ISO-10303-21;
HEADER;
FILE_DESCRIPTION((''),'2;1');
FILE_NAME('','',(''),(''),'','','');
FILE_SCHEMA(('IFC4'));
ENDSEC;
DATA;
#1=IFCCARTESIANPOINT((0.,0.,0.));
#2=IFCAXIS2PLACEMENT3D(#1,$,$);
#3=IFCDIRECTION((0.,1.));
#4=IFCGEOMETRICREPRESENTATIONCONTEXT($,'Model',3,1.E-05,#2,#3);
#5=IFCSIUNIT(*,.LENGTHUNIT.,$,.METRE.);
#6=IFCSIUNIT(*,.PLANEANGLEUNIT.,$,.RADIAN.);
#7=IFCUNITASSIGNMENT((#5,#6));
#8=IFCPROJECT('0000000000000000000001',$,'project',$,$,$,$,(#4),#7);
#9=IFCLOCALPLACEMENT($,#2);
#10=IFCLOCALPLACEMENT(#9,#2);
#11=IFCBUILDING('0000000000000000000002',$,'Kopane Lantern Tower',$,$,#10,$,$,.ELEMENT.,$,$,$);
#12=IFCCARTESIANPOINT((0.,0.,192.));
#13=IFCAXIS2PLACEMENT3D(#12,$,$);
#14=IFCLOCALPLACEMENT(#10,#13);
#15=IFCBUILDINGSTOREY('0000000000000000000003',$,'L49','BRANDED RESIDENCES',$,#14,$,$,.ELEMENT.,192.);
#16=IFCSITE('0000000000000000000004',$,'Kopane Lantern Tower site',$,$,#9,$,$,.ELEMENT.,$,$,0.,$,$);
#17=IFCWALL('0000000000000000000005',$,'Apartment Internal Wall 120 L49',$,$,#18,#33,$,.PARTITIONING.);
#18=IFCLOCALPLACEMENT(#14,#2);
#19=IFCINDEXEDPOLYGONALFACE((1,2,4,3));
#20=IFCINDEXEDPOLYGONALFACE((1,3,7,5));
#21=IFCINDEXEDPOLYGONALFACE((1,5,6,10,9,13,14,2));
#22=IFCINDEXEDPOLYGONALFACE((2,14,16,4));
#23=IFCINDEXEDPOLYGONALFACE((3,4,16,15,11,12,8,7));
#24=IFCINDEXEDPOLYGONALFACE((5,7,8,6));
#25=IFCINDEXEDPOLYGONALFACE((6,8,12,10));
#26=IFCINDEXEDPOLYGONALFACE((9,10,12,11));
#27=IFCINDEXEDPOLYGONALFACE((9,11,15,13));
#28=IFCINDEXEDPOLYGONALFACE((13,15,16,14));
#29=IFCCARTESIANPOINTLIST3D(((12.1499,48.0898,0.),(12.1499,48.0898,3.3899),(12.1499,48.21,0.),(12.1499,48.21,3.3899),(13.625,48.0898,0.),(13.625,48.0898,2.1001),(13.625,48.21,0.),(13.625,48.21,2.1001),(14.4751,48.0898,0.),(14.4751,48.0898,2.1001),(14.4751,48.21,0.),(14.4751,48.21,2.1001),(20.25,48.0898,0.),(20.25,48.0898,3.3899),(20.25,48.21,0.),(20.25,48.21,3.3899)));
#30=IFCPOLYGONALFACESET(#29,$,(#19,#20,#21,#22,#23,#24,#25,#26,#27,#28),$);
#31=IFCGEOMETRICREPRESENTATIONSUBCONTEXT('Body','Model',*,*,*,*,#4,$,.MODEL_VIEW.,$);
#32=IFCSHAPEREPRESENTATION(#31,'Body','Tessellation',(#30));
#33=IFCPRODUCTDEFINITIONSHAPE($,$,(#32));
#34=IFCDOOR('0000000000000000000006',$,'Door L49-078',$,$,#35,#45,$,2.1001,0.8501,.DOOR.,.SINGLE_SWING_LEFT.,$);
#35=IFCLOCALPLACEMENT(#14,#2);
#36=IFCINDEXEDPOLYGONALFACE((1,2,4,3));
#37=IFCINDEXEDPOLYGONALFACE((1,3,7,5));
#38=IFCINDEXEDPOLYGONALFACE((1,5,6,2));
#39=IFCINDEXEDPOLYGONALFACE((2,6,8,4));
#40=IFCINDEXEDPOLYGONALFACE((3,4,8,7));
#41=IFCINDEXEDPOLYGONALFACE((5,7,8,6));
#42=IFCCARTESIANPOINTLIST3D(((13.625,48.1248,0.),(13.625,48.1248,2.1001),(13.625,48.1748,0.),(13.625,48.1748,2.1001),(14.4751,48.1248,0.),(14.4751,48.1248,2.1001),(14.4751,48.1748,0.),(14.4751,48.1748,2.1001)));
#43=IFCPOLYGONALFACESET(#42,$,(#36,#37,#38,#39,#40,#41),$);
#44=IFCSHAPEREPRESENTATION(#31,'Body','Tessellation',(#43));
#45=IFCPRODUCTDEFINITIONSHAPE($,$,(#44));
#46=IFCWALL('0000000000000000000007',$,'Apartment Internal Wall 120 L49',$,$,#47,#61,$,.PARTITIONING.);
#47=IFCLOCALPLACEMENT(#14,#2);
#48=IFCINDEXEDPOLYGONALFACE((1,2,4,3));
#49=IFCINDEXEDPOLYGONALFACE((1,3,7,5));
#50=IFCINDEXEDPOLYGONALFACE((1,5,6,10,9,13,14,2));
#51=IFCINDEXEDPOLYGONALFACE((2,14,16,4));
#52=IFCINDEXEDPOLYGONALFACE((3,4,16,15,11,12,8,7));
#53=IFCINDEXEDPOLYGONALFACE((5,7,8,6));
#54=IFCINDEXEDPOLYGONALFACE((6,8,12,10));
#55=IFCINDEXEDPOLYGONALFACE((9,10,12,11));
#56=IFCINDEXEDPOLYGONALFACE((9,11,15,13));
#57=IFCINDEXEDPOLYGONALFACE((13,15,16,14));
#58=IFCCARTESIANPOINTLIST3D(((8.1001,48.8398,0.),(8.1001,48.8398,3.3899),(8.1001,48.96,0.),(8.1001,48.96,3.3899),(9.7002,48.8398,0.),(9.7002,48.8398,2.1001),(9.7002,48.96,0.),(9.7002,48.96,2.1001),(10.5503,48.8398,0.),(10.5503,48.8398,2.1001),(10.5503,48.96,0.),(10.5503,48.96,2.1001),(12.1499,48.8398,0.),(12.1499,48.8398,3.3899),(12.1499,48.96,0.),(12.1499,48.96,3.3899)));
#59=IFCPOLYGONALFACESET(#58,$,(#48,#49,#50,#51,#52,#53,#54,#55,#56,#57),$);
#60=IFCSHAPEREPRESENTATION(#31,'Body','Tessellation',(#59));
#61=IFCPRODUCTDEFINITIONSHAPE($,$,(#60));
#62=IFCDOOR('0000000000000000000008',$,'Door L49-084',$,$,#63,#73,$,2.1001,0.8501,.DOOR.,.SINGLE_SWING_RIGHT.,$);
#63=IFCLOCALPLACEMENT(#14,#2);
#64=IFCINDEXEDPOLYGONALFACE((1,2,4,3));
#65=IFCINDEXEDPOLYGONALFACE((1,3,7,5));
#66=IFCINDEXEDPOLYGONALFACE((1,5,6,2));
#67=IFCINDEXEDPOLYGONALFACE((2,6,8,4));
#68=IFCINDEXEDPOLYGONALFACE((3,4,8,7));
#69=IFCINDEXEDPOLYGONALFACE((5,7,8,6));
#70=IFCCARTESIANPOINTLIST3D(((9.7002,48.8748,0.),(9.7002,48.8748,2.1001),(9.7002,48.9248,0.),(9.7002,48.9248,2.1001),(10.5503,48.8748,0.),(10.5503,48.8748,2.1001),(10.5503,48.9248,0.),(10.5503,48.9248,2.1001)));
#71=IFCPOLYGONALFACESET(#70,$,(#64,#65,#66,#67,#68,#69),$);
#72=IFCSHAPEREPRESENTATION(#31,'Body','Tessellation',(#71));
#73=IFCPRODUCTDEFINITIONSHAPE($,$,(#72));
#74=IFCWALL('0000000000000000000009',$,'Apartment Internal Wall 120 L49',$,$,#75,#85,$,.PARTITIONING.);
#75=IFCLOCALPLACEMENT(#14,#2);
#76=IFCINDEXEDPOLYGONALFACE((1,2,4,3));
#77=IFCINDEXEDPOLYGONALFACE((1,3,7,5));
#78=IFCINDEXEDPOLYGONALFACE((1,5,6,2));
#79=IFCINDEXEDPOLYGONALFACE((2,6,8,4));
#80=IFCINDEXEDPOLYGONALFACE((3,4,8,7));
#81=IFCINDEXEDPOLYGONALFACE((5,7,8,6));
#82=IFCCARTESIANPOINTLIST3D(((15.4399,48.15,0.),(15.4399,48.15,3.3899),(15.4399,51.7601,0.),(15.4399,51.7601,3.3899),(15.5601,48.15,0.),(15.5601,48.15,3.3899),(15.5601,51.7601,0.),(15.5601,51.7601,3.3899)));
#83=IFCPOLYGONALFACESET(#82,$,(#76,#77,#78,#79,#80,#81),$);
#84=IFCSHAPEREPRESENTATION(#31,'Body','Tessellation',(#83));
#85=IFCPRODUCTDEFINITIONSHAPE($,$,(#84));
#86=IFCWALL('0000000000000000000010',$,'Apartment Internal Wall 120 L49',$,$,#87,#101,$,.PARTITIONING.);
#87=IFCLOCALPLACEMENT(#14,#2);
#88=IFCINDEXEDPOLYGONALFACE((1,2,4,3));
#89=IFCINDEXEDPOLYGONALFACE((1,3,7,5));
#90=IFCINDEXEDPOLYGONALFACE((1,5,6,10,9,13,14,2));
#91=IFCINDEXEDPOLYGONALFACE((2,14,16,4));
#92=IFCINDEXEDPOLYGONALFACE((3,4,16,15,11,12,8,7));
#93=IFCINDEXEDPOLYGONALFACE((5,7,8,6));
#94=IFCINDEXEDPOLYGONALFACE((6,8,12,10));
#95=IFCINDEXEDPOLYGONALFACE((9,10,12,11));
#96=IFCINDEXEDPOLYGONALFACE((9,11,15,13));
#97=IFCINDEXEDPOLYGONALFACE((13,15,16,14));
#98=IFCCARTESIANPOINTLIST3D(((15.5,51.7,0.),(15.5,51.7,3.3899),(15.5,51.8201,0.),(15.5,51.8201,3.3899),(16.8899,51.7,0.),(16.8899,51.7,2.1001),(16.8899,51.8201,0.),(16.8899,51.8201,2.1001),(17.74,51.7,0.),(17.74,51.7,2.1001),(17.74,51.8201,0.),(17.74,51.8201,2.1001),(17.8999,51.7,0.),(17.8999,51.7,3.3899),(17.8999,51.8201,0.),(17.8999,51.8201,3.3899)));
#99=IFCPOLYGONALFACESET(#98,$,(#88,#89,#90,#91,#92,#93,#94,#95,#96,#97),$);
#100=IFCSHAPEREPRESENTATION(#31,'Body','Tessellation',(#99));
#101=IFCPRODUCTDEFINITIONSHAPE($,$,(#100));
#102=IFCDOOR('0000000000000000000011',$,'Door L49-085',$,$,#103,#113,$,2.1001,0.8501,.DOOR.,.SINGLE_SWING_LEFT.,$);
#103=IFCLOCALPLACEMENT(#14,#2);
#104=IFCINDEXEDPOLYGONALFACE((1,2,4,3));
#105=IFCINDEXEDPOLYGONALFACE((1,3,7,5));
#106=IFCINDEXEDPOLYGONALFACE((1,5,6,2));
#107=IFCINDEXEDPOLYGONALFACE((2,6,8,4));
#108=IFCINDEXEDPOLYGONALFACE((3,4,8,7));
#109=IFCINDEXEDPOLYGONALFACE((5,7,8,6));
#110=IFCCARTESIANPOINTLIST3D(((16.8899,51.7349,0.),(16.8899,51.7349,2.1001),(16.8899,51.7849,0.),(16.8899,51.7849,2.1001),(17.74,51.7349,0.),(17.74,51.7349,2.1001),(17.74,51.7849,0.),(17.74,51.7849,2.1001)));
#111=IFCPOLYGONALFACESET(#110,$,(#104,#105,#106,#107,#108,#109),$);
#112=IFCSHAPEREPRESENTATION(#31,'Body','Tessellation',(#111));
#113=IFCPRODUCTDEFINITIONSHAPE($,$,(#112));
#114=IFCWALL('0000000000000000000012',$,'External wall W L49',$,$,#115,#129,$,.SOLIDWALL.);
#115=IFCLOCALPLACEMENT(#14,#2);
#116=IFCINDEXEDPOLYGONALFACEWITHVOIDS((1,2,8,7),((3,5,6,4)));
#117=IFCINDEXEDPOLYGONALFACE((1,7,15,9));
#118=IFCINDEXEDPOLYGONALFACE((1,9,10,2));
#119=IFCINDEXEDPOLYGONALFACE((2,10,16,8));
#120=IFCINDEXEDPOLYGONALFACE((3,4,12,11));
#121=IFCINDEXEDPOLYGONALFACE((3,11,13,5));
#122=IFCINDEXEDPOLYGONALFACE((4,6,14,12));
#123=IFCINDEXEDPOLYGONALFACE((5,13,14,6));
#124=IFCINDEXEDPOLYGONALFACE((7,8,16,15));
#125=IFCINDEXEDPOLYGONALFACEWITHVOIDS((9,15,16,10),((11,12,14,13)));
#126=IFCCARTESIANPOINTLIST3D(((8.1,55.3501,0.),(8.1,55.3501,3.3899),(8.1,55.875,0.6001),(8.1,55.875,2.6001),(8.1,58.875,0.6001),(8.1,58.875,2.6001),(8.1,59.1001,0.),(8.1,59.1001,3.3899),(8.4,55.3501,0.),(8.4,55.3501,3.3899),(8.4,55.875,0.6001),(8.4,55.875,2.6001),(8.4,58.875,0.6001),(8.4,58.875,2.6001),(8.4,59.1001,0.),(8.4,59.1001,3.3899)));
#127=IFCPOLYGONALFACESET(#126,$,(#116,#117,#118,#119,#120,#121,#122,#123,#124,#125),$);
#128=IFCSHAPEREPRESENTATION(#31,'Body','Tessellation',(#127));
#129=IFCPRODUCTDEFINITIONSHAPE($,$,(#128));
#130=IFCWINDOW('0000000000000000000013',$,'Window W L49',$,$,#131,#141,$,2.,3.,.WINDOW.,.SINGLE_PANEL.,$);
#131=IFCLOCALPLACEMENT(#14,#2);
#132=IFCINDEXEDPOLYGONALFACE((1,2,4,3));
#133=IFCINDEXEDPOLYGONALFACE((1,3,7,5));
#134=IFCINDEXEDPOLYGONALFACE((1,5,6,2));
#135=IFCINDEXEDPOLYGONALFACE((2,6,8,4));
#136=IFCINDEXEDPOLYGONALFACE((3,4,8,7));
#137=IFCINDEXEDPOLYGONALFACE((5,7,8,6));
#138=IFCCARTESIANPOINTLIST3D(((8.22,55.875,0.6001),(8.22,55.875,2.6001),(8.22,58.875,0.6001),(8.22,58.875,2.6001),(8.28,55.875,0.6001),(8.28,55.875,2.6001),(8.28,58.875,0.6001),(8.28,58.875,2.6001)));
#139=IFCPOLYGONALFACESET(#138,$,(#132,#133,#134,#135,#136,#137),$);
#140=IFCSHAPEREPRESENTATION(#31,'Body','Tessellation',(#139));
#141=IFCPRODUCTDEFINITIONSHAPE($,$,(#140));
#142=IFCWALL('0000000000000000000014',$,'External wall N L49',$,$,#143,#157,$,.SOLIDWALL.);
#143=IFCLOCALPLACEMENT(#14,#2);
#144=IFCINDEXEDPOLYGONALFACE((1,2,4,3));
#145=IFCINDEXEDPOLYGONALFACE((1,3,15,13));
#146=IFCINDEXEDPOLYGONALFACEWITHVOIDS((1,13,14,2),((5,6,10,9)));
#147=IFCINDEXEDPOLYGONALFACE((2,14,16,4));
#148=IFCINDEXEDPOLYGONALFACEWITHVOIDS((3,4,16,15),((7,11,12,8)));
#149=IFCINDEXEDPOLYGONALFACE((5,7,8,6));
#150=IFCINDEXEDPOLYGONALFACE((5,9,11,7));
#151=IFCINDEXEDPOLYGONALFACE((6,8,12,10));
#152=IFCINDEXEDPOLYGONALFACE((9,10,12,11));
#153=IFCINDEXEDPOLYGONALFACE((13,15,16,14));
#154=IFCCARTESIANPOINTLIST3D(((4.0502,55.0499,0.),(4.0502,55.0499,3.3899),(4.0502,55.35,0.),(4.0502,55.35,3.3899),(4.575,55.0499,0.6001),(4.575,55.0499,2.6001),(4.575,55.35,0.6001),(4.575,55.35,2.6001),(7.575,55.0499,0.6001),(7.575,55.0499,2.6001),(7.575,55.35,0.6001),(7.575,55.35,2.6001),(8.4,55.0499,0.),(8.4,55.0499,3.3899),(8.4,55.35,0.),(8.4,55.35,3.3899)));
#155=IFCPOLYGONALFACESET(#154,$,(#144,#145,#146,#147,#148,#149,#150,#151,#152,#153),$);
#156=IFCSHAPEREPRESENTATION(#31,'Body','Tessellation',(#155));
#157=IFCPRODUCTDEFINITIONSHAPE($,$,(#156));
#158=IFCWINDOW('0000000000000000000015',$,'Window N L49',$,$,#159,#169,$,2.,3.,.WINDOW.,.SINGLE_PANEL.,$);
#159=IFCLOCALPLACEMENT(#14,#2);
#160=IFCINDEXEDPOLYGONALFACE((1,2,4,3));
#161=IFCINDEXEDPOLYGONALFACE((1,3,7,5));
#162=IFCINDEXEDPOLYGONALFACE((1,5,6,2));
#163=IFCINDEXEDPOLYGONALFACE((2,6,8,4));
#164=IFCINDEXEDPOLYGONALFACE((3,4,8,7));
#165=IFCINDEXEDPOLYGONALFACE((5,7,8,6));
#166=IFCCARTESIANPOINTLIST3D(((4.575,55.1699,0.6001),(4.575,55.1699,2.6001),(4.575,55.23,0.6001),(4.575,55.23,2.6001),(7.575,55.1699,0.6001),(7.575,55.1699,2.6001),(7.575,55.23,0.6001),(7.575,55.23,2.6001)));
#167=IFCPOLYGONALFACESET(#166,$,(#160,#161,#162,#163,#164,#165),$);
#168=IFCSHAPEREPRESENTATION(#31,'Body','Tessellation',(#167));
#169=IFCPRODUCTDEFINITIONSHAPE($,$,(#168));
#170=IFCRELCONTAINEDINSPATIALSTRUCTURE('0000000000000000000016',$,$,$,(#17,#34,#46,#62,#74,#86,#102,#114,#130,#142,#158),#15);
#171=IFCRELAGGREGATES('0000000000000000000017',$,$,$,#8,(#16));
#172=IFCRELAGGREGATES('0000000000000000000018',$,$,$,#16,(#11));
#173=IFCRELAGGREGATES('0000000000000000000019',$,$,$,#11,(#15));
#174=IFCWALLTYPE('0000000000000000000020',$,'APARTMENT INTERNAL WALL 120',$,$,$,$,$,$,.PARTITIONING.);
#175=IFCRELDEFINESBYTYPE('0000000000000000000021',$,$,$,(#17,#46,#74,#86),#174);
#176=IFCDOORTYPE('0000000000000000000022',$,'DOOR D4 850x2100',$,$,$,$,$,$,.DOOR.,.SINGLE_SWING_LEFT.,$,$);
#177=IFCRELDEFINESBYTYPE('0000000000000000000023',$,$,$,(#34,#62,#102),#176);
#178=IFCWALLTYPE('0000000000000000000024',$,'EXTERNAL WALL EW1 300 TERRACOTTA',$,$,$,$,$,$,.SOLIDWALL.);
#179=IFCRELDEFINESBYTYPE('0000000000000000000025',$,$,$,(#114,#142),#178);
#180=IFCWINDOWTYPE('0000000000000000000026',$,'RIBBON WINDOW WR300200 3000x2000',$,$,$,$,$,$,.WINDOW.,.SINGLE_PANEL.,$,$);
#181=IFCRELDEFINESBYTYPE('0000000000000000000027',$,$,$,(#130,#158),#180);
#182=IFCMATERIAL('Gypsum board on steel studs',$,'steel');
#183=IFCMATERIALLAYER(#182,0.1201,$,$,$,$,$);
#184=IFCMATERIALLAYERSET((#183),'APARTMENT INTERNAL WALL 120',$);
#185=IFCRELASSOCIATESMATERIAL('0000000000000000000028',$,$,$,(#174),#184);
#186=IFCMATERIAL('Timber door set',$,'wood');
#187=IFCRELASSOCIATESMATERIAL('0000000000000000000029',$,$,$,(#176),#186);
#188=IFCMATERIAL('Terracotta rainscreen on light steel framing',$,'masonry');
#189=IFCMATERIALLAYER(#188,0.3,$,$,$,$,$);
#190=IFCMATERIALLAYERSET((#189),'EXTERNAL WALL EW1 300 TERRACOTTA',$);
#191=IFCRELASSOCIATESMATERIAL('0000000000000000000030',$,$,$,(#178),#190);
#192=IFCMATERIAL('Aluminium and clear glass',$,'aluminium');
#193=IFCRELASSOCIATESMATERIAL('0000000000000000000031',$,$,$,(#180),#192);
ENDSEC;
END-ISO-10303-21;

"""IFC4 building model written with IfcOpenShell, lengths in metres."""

from ifc_helpers import new_model, si_unit, direction, frame, frame_2d, origin, place, context, subcontext, project, spatial, rectangle, extrude, material, layer, layer_set, type_object, element, fill, save


model = new_model("IFC4")

# Units and contexts
model_context = context("Model", 3, precision=1e-05, world=origin(), true_north=direction((0.0, 1.0)))
body_context = subcontext(model_context, "Body", "Model", "MODEL_VIEW")
ifc_project = project(units=[si_unit("LENGTHUNIT", "METRE"), si_unit("PLANEANGLEUNIT", "RADIAN")], contexts=[model_context])

# Site, building, storey
site_placement = place(None, origin())
site = spatial("IfcSite", under=ifc_project, at=site_placement, Name="Kopane Lantern Tower site", CompositionType="ELEMENT", RefElevation=0.0)
building_placement = place(site_placement, origin())
building = spatial("IfcBuilding", under=site, at=building_placement, Name="Kopane Lantern Tower", CompositionType="ELEMENT")
storey_placement = place(building_placement, frame((0.0, 0.0, 192.0)))
storey = spatial("IfcBuildingStorey", under=building, at=storey_placement, Name="L49", Description="BRANDED RESIDENCES", CompositionType="ELEMENT", Elevation=192.0)

# Walls, openings, doors
ifc_material_1 = material(Name="Gypsum board on steel studs", Category="steel")
ifc_layer_1 = layer(ifc_material_1, 0.1201)
ifc_layer_set_1 = layer_set([ifc_layer_1], Name="APARTMENT INTERNAL WALL 120")
wall_type_1 = type_object("IfcWallType", Name="APARTMENT INTERNAL WALL 120", PredefinedType="PARTITIONING", material=ifc_layer_set_1)
wall_1_placement = place(storey_placement, frame((12.1499, 48.1499, 0.0), z_axis=(0.0, 0.0, 1.0), x_axis=(1.0, 0.0, 0.0)))
wall_1 = element("IfcWall", 1, at=wall_1_placement, inside=storey, type_object=wall_type_1, Name="Apartment Internal Wall 120 L49", PredefinedType="PARTITIONING", context=body_context, shape_type="SweptSolid", body=[
    extrude(rectangle(XDim=8.1001, YDim=0.1201, at=frame_2d((4.05, 0.0))), origin(), (0.0, 0.0, 1.0), 3.3899),
])
opening_1_placement = place(wall_1_placement, frame((1.4751, 0.0, 0.0)))
opening_1 = element("IfcOpeningElement", 2, at=opening_1_placement, cuts=wall_1, PredefinedType="OPENING", context=body_context, shape_type="SweptSolid", body=[
    extrude(rectangle(XDim=0.8501, YDim=2.1001, at=frame_2d((0.425, 1.05))), frame((0.0, 0.0701, 0.0), z_axis=(0.0, -1.0, 0.0), x_axis=(1.0, 0.0, 0.0)), (0.0, 0.0, 1.0), 0.1401),
])
ifc_material_2 = material(Name="Timber door set", Category="wood")
door_type = type_object("IfcDoorType", Name="DOOR D4 850x2100", OperationType="SINGLE_SWING_LEFT", PredefinedType="DOOR", material=ifc_material_2)
door_1_placement = place(opening_1_placement, origin())
door_1 = element("IfcDoor", 3, at=door_1_placement, inside=storey, type_object=door_type, Name="Door L49-078", OperationType="SINGLE_SWING_LEFT", OverallHeight=2.1001, OverallWidth=0.8501, PredefinedType="DOOR", context=body_context, shape_type="SweptSolid", body=[
    extrude(rectangle(XDim=0.8501, YDim=2.1001, at=frame_2d((0.425, 1.05))), frame((0.0, 0.0249, 0.0), z_axis=(0.0, -1.0, 0.0), x_axis=(1.0, 0.0, 0.0)), (0.0, 0.0, 1.0), 0.05),
])
fill(opening_1, door_1)
wall_2_placement = place(storey_placement, frame((8.1001, 48.8999, 0.0), z_axis=(0.0, 0.0, 1.0), x_axis=(1.0, 0.0, 0.0)))
wall_2 = element("IfcWall", 4, at=wall_2_placement, inside=storey, type_object=wall_type_1, Name="Apartment Internal Wall 120 L49", PredefinedType="PARTITIONING", context=body_context, shape_type="SweptSolid", body=[
    extrude(rectangle(XDim=4.0498, YDim=0.1201, at=frame_2d((2.0249, 0.0))), origin(), (0.0, 0.0, 1.0), 3.3899),
])
opening_2_placement = place(wall_2_placement, frame((1.6001, 0.0, 0.0)))
opening_2 = element("IfcOpeningElement", 5, at=opening_2_placement, cuts=wall_2, PredefinedType="OPENING", context=body_context, shape_type="SweptSolid", body=[
    extrude(rectangle(XDim=0.8501, YDim=2.1001, at=frame_2d((0.425, 1.05))), frame((0.0, 0.0701, 0.0), z_axis=(0.0, -1.0, 0.0), x_axis=(1.0, 0.0, 0.0)), (0.0, 0.0, 1.0), 0.1401),
])
door_2_placement = place(opening_2_placement, origin())
door_2 = element("IfcDoor", 6, at=door_2_placement, inside=storey, type_object=door_type, Name="Door L49-084", OperationType="SINGLE_SWING_RIGHT", OverallHeight=2.1001, OverallWidth=0.8501, PredefinedType="DOOR", context=body_context, shape_type="SweptSolid", body=[
    extrude(rectangle(XDim=0.8501, YDim=2.1001, at=frame_2d((0.425, 1.05))), frame((0.0, 0.0249, 0.0), z_axis=(0.0, -1.0, 0.0), x_axis=(1.0, 0.0, 0.0)), (0.0, 0.0, 1.0), 0.05),
])
fill(opening_2, door_2)

# Wall
wall_3_placement = place(storey_placement, frame((15.5, 48.1499, 0.0), z_axis=(0.0, 0.0, 1.0), x_axis=(0.0, 1.0, 0.0)))
element("IfcWall", 7, at=wall_3_placement, inside=storey, type_object=wall_type_1, Name="Apartment Internal Wall 120 L49", PredefinedType="PARTITIONING", context=body_context, shape_type="SweptSolid", body=[
    extrude(rectangle(XDim=3.6101, YDim=0.1201, at=frame_2d((1.8052, 0.0))), origin(), (0.0, 0.0, 1.0), 3.3899),
])

# Wall, opening, door
wall_4_placement = place(storey_placement, frame((15.5, 51.76, 0.0), z_axis=(0.0, 0.0, 1.0), x_axis=(1.0, 0.0, 0.0)))
wall_4 = element("IfcWall", 8, at=wall_4_placement, inside=storey, type_object=wall_type_1, Name="Apartment Internal Wall 120 L49", PredefinedType="PARTITIONING", context=body_context, shape_type="SweptSolid", body=[
    extrude(rectangle(XDim=2.3999, YDim=0.1201, at=frame_2d((1.2, 0.0))), origin(), (0.0, 0.0, 1.0), 3.3899),
])
opening_3_placement = place(wall_4_placement, frame((1.3899, 0.0, 0.0)))
opening_3 = element("IfcOpeningElement", 9, at=opening_3_placement, cuts=wall_4, PredefinedType="OPENING", context=body_context, shape_type="SweptSolid", body=[
    extrude(rectangle(XDim=0.8501, YDim=2.1001, at=frame_2d((0.425, 1.05))), frame((0.0, 0.0701, 0.0), z_axis=(0.0, -1.0, 0.0), x_axis=(1.0, 0.0, 0.0)), (0.0, 0.0, 1.0), 0.1401),
])
door_3_placement = place(opening_3_placement, origin())
door_3 = element("IfcDoor", 10, at=door_3_placement, inside=storey, type_object=door_type, Name="Door L49-085", OperationType="SINGLE_SWING_LEFT", OverallHeight=2.1001, OverallWidth=0.8501, PredefinedType="DOOR", context=body_context, shape_type="SweptSolid", body=[
    extrude(rectangle(XDim=0.8501, YDim=2.1001, at=frame_2d((0.425, 1.05))), frame((0.0, 0.0249, 0.0), z_axis=(0.0, -1.0, 0.0), x_axis=(1.0, 0.0, 0.0)), (0.0, 0.0, 1.0), 0.05),
])
fill(opening_3, door_3)

# Walls, openings, windows
ifc_material_3 = material(Name="Terracotta rainscreen on light steel framing", Category="masonry")
ifc_layer_2 = layer(ifc_material_3, 0.3)
ifc_layer_set_2 = layer_set([ifc_layer_2], Name="EXTERNAL WALL EW1 300 TERRACOTTA")
wall_type_2 = type_object("IfcWallType", Name="EXTERNAL WALL EW1 300 TERRACOTTA", PredefinedType="SOLIDWALL", material=ifc_layer_set_2)
wall_5_placement = place(storey_placement, frame((8.25, 59.1001, 0.0), z_axis=(0.0, 0.0, 1.0), x_axis=(0.0, -1.0, 0.0)))
wall_5 = element("IfcWall", 11, at=wall_5_placement, inside=storey, type_object=wall_type_2, Name="External wall W L49", PredefinedType="SOLIDWALL", context=body_context, shape_type="SweptSolid", body=[
    extrude(rectangle(XDim=3.75, YDim=0.3, at=frame_2d((1.875, 0.0))), origin(), (0.0, 0.0, 1.0), 3.3899),
])
opening_4_placement = place(wall_5_placement, frame((0.2251, 0.0, 0.6001)))
opening_4 = element("IfcOpeningElement", 12, at=opening_4_placement, cuts=wall_5, PredefinedType="OPENING", context=body_context, shape_type="SweptSolid", body=[
    extrude(rectangle(XDim=3.0, YDim=2.0, at=frame_2d((1.5, 1.0))), frame((0.0, 0.1599, 0.0), z_axis=(0.0, -1.0, 0.0), x_axis=(1.0, 0.0, 0.0)), (0.0, 0.0, 1.0), 0.3201),
])
ifc_material_4 = material(Name="Aluminium and clear glass", Category="aluminium")
window_type = type_object("IfcWindowType", Name="RIBBON WINDOW WR300200 3000x2000", PartitioningType="SINGLE_PANEL", PredefinedType="WINDOW", material=ifc_material_4)
window_1_placement = place(opening_4_placement, origin())
window_1 = element("IfcWindow", 13, at=window_1_placement, inside=storey, type_object=window_type, Name="Window W L49", OverallHeight=2.0, OverallWidth=3.0, PartitioningType="SINGLE_PANEL", PredefinedType="WINDOW", context=body_context, shape_type="SweptSolid", body=[
    extrude(rectangle(XDim=3.0, YDim=2.0, at=frame_2d((1.5, 1.0))), frame((0.0, 0.03, 0.0), z_axis=(0.0, -1.0, 0.0), x_axis=(1.0, 0.0, 0.0)), (0.0, 0.0, 1.0), 0.0601),
])
fill(opening_4, window_1)
wall_6_placement = place(storey_placement, frame((8.3999, 55.2, 0.0), z_axis=(0.0, 0.0, 1.0), x_axis=(-1.0, 0.0, 0.0)))
wall_6 = element("IfcWall", 14, at=wall_6_placement, inside=storey, type_object=wall_type_2, Name="External wall N L49", PredefinedType="SOLIDWALL", context=body_context, shape_type="SweptSolid", body=[
    extrude(rectangle(XDim=4.3499, YDim=0.3, at=frame_2d((2.1748, 0.0))), origin(), (0.0, 0.0, 1.0), 3.3899),
])
opening_5_placement = place(wall_6_placement, frame((0.825, 0.0, 0.6001)))
opening_5 = element("IfcOpeningElement", 15, at=opening_5_placement, cuts=wall_6, PredefinedType="OPENING", context=body_context, shape_type="SweptSolid", body=[
    extrude(rectangle(XDim=3.0, YDim=2.0, at=frame_2d((1.5, 1.0))), frame((0.0, 0.1599, 0.0), z_axis=(0.0, -1.0, 0.0), x_axis=(1.0, 0.0, 0.0)), (0.0, 0.0, 1.0), 0.3201),
])
window_2_placement = place(opening_5_placement, origin())
window_2 = element("IfcWindow", 16, at=window_2_placement, inside=storey, type_object=window_type, Name="Window N L49", OverallHeight=2.0, OverallWidth=3.0, PartitioningType="SINGLE_PANEL", PredefinedType="WINDOW", context=body_context, shape_type="SweptSolid", body=[
    extrude(rectangle(XDim=3.0, YDim=2.0, at=frame_2d((1.5, 1.0))), frame((0.0, 0.03, 0.0), z_axis=(0.0, -1.0, 0.0), x_axis=(1.0, 0.0, 0.0)), (0.0, 0.0, 1.0), 0.0601),
])
fill(opening_5, window_2)

save(model, "model.ifc")
